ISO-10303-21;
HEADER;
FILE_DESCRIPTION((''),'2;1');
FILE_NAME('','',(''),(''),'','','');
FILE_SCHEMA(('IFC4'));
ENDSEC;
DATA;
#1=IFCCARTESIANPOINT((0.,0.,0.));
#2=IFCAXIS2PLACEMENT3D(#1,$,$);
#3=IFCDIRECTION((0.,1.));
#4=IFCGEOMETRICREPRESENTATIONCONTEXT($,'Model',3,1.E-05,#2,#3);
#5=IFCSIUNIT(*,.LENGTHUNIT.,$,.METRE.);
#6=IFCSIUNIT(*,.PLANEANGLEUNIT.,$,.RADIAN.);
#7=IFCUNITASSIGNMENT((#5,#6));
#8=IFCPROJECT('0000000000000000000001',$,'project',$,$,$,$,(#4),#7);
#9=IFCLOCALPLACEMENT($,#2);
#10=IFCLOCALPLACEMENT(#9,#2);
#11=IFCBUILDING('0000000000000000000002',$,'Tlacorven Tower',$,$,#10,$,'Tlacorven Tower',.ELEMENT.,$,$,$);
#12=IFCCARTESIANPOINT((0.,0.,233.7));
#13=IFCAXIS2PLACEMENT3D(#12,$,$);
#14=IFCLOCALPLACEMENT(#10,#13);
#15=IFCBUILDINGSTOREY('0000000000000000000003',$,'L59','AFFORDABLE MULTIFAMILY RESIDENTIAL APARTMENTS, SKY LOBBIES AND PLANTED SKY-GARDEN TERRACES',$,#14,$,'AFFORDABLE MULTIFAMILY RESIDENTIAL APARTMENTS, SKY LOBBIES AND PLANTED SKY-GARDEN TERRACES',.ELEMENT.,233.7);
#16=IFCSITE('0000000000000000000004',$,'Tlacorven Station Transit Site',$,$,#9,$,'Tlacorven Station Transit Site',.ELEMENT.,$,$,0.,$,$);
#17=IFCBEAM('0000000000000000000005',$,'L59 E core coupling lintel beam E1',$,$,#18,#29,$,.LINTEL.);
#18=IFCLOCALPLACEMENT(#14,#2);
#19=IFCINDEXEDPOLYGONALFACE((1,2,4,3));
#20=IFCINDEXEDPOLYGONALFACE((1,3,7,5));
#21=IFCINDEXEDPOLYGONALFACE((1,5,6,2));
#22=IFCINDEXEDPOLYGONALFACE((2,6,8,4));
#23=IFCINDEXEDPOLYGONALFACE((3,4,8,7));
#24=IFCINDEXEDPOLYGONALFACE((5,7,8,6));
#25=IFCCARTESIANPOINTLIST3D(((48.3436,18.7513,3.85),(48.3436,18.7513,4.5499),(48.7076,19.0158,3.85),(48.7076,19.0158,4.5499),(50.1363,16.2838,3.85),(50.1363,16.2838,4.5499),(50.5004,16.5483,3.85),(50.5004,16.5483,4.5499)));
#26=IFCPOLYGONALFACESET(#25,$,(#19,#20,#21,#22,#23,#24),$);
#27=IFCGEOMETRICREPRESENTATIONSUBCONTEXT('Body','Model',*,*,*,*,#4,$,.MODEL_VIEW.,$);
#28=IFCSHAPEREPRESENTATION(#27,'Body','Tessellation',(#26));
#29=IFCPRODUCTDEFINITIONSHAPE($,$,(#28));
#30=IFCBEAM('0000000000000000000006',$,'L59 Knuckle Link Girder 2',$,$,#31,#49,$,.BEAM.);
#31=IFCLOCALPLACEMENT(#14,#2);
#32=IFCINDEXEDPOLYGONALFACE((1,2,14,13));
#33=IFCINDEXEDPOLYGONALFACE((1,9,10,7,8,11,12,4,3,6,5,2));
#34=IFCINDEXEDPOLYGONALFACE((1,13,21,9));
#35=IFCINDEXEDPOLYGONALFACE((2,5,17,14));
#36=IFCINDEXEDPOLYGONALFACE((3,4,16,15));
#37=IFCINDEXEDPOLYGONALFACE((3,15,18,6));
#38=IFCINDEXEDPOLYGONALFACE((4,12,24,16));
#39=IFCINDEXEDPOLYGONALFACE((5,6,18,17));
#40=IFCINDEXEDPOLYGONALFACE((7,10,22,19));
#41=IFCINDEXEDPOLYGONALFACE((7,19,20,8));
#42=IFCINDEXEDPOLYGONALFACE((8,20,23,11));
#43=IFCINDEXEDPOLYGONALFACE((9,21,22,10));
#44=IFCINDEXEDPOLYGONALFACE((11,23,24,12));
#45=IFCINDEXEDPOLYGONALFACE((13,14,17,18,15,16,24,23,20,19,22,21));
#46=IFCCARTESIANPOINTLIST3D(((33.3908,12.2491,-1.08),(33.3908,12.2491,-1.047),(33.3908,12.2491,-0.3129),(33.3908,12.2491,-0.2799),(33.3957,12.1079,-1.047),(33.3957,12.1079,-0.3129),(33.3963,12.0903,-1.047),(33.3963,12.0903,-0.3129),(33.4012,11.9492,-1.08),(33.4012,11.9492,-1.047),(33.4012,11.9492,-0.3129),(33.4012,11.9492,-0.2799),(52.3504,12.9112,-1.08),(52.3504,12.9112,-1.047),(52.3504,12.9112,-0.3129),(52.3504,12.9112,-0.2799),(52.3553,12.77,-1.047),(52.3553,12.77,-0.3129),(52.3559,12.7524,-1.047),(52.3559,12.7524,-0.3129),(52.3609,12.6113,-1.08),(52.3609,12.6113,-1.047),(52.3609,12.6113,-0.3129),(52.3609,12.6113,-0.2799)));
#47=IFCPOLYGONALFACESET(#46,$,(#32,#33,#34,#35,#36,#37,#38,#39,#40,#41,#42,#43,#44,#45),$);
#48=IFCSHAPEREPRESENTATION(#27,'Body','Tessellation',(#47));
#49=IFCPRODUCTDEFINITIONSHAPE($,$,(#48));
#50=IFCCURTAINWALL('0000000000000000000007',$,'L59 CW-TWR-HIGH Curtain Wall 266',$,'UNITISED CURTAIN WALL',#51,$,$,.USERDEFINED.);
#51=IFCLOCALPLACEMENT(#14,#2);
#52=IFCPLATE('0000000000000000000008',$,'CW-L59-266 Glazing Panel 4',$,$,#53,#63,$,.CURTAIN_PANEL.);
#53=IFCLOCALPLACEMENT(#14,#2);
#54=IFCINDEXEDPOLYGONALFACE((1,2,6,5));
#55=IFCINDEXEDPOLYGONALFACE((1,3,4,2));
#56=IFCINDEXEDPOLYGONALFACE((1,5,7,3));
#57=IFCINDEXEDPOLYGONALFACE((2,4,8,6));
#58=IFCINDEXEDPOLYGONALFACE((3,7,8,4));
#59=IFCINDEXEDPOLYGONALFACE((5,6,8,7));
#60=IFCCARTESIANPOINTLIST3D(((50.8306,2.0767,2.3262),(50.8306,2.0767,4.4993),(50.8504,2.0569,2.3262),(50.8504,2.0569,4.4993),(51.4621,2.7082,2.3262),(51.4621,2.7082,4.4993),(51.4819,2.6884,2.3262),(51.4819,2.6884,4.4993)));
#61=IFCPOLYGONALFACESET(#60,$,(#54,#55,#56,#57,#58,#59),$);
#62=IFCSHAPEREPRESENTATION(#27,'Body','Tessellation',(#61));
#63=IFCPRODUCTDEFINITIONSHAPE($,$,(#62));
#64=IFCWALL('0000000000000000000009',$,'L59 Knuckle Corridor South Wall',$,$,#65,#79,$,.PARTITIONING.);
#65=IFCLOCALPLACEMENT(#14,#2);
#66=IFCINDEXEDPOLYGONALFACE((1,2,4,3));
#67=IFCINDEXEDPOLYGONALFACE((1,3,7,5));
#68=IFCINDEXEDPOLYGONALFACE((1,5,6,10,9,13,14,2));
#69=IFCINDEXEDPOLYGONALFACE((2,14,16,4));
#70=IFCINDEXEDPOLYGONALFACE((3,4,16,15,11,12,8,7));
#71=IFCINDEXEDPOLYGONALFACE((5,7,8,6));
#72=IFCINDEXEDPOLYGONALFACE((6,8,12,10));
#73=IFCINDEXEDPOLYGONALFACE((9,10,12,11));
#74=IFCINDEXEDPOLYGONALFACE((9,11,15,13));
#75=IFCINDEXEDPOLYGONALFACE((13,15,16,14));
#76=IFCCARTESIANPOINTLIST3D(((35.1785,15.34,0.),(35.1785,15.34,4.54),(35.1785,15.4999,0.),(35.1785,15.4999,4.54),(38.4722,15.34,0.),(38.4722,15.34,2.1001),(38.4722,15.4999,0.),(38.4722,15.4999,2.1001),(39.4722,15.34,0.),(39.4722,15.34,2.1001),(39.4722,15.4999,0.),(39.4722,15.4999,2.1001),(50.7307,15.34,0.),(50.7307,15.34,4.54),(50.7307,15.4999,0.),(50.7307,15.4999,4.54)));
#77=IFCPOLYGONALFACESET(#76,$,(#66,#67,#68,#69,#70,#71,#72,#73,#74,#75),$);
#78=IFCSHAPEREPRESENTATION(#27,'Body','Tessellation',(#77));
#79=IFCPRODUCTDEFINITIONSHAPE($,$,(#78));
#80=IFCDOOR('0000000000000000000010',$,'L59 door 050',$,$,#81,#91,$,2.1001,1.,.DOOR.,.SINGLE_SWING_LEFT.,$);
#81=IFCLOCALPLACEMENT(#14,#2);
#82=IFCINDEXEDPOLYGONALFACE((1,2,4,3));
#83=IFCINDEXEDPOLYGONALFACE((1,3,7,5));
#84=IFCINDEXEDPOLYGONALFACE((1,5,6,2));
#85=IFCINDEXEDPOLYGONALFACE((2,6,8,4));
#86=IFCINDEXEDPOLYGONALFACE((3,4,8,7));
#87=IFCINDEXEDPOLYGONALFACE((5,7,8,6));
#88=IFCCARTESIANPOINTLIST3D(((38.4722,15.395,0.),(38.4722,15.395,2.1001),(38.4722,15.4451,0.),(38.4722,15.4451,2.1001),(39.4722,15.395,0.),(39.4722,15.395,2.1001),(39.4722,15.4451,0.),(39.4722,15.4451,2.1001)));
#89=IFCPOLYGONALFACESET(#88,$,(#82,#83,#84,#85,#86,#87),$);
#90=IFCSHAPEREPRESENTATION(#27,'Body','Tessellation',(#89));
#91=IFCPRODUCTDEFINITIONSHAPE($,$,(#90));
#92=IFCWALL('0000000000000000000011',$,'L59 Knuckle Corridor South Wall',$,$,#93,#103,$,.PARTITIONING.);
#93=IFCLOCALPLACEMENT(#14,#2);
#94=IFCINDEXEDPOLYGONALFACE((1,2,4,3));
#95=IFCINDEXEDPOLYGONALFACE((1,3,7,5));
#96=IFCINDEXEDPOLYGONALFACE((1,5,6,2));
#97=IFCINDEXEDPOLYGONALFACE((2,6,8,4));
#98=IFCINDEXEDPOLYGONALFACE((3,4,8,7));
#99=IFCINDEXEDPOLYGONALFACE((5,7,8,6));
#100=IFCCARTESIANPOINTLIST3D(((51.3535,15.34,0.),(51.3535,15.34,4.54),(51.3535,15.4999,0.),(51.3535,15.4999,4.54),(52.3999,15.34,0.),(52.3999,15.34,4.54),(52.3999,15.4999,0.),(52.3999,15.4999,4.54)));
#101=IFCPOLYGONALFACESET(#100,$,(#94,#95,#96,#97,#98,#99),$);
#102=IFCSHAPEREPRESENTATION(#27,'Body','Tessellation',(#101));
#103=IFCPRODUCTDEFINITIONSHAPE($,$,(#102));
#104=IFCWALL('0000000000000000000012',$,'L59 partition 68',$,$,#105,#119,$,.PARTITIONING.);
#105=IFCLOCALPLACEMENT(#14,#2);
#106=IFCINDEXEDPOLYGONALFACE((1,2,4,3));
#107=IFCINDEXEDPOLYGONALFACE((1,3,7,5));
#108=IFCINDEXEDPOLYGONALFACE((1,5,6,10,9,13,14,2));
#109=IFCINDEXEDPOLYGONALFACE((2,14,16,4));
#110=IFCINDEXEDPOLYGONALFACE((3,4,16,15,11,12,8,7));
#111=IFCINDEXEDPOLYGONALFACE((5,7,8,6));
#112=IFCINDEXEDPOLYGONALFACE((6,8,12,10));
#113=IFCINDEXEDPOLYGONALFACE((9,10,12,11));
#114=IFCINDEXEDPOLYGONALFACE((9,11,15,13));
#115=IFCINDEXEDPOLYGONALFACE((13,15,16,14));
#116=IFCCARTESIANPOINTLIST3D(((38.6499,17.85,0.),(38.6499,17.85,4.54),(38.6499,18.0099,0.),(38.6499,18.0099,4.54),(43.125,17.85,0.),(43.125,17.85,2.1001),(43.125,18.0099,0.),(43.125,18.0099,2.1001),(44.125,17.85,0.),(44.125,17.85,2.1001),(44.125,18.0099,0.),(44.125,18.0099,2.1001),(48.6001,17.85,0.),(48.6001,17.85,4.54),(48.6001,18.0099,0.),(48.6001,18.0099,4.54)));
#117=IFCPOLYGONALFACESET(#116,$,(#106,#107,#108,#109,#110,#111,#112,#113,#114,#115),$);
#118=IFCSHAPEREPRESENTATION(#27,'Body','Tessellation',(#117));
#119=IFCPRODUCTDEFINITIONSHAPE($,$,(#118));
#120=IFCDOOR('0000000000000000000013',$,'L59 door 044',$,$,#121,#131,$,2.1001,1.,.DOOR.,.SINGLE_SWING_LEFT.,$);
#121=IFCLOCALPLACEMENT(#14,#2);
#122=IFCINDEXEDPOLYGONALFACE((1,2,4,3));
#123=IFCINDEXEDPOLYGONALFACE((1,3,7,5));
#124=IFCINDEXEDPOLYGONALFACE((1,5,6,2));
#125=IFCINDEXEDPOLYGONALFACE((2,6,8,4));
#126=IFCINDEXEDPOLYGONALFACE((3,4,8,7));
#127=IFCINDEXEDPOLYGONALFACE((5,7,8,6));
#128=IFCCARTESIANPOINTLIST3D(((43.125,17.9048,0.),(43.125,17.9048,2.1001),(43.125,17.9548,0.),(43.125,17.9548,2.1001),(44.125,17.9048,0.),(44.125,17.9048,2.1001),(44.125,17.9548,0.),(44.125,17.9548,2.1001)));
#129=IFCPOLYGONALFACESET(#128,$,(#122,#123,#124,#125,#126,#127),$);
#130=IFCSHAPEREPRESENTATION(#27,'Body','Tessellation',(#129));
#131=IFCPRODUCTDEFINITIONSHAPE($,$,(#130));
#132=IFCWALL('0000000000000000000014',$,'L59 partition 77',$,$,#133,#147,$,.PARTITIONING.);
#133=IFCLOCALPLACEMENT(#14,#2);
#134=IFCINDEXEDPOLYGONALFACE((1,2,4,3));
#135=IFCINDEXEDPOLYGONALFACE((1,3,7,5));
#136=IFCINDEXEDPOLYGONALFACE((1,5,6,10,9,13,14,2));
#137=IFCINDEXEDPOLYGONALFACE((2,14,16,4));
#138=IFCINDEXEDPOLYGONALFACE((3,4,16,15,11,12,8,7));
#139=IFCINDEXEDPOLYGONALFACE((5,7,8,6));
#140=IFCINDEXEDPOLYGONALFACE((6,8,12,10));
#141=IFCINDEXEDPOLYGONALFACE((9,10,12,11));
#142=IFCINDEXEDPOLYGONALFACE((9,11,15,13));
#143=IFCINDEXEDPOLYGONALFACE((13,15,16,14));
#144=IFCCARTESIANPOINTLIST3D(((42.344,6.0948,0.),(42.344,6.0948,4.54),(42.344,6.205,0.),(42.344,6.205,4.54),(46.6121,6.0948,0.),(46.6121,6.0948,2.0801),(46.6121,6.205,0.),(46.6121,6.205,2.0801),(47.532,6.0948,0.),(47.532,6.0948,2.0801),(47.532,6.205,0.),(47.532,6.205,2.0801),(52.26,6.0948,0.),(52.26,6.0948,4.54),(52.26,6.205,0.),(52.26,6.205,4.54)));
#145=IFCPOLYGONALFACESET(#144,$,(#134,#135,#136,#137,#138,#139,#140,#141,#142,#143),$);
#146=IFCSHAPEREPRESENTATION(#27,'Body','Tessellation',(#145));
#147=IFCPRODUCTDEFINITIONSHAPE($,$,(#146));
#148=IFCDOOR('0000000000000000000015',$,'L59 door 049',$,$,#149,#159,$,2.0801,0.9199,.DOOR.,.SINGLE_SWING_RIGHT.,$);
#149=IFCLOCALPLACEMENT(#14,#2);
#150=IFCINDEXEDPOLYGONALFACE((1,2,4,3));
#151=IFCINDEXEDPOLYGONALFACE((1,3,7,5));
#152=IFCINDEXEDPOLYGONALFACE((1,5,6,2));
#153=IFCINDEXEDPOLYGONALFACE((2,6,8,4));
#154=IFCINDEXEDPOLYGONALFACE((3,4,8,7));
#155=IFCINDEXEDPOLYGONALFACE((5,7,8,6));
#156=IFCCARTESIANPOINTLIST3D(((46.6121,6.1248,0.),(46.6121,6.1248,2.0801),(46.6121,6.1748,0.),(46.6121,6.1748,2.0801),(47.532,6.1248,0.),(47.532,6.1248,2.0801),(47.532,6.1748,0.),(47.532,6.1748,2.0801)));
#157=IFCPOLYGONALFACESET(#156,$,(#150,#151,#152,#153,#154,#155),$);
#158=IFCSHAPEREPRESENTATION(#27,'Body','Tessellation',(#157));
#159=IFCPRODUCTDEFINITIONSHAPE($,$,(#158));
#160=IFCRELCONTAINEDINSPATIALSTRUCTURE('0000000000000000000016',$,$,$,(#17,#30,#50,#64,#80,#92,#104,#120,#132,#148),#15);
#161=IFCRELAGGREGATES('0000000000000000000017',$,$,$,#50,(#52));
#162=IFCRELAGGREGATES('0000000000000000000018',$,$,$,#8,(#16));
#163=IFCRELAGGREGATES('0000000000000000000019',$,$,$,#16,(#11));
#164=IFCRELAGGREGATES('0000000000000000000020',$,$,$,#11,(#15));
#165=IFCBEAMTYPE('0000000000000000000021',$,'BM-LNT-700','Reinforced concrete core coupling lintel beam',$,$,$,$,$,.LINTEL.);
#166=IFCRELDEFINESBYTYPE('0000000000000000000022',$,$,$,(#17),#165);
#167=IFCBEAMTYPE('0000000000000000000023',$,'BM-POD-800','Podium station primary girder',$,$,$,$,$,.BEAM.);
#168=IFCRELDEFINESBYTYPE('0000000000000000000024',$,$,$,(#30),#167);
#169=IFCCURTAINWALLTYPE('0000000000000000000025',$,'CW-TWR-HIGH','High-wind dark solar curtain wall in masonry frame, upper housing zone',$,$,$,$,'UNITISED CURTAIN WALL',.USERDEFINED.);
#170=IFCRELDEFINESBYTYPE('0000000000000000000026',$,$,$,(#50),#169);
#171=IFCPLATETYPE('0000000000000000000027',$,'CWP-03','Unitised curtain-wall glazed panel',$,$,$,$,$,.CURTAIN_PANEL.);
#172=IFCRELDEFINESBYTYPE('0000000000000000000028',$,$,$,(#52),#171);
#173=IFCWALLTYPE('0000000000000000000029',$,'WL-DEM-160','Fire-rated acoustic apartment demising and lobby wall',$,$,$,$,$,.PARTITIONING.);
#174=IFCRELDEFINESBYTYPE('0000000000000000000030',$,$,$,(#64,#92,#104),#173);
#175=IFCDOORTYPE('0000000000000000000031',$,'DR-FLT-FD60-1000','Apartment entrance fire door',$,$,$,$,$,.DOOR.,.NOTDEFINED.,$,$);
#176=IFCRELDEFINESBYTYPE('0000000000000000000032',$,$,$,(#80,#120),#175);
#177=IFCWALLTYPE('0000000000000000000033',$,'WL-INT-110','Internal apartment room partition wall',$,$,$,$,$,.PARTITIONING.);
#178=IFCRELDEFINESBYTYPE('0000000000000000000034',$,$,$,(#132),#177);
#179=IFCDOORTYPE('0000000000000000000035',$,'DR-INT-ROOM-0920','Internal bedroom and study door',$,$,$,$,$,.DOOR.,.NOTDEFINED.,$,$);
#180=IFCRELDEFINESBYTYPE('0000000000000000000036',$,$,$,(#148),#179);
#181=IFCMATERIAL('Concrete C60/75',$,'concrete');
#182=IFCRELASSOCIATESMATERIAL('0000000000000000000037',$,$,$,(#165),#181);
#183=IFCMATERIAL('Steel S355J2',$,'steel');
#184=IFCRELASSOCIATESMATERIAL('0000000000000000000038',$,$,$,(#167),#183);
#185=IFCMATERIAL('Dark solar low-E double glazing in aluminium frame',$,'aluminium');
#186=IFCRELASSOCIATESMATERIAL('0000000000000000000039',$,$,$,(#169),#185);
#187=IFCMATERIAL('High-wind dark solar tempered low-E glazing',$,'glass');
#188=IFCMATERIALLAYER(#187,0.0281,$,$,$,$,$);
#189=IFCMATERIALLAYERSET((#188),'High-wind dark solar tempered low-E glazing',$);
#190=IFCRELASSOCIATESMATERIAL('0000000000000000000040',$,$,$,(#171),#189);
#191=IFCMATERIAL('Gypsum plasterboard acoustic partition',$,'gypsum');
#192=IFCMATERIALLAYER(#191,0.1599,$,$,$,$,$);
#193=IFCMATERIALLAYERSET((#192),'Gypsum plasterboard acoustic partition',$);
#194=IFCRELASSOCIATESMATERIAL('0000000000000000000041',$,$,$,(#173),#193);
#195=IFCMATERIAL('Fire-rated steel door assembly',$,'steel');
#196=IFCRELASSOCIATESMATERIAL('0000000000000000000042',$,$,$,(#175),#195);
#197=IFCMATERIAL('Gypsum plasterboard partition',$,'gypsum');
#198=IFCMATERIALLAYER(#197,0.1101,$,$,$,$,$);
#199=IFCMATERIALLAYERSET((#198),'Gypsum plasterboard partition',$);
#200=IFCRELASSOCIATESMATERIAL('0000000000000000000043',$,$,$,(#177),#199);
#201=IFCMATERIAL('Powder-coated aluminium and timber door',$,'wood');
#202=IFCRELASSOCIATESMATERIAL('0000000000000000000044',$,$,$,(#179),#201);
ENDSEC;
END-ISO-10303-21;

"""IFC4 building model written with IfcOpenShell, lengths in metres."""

from ifc_helpers import new_model, si_unit, direction, frame, frame_2d, origin, origin_2d, place, context, subcontext, project, spatial, rectangle, i_section, extrude, source, transform, mapped, material, layer, layer_set, material_profile, profile_set, type_object, element, fill, aggregate, save


model = new_model("IFC4")

# Units and contexts
model_context = context("Model", 3, precision=1e-05, world=origin(), true_north=direction((0.0, 1.0)))
body_context = subcontext(model_context, "Body", "Model", "MODEL_VIEW")
ifc_project = project(units=[si_unit("LENGTHUNIT", "METRE"), si_unit("PLANEANGLEUNIT", "RADIAN")], contexts=[model_context])

# Site, building, storey
site_placement = place(None, origin())
site = spatial("IfcSite", under=ifc_project, at=site_placement, Name="Tlacorven Station Transit Site", LongName="Tlacorven Station Transit Site", CompositionType="ELEMENT", RefElevation=0.0)
building_placement = place(site_placement, origin())
building = spatial("IfcBuilding", under=site, at=building_placement, Name="Tlacorven Tower", LongName="Tlacorven Tower", CompositionType="ELEMENT")
storey_placement = place(building_placement, frame((0.0, 0.0, 233.7)))
storey = spatial("IfcBuildingStorey", under=building, at=storey_placement, Name="L59", Description="AFFORDABLE MULTIFAMILY RESIDENTIAL APARTMENTS, SKY LOBBIES AND PLANTED SKY-GARDEN TERRACES", LongName="AFFORDABLE MULTIFAMILY RESIDENTIAL APARTMENTS, SKY LOBBIES AND PLANTED SKY-GARDEN TERRACES", CompositionType="ELEMENT", Elevation=233.7)

# Beams
ifc_material_1 = material(Name="Concrete C60/75", Category="concrete")
ifc_material_profile_1 = material_profile(ifc_material_1, rectangle(XDim=0.45, YDim=0.7, at=origin_2d()), Name="RC 450X700")
ifc_profile_set_1 = profile_set([ifc_material_profile_1], Name="Concrete C60/75")
beam_type_1 = type_object("IfcBeamType", Name="BM-LNT-700", Description="Reinforced concrete core coupling lintel beam", PredefinedType="LINTEL", material=ifc_profile_set_1)
shared_shape_1 = source(origin(), body_context, "Body", "SweptSolid", [
    extrude(rectangle(XDim=0.45, YDim=0.7, at=origin_2d()), origin(), (0.0, 0.0, 1.0), 3.05),
])
beam_1_placement = place(storey_placement, frame((50.3184, 16.416, 4.2), z_axis=(-0.587777, 0.809023, 0.0), x_axis=(-0.809023, -0.587777, 0.0)))
element("IfcBeam", 1, at=beam_1_placement, inside=storey, type_object=beam_type_1, Name="L59 E core coupling lintel beam E1", PredefinedType="LINTEL", context=body_context, shape_type="MappedRepresentation", body=[
    mapped(shared_shape_1, transform((0.0, 0.0, 0.0), scale=1.0)),
])
ifc_material_2 = material(Name="Steel S355J2", Category="steel")
ifc_material_profile_2 = material_profile(ifc_material_2, i_section(OverallWidth=0.3, OverallDepth=0.8, WebThickness=0.0176, FlangeThickness=0.033, at=origin_2d()), Name="HEB 800")
ifc_profile_set_2 = profile_set([ifc_material_profile_2], Name="Steel S355J2")
beam_type_2 = type_object("IfcBeamType", Name="BM-POD-800", Description="Podium station primary girder", PredefinedType="BEAM", material=ifc_profile_set_2)
shared_shape_2 = source(origin(), body_context, "Body", "SweptSolid", [
    extrude(i_section(OverallWidth=0.3, OverallDepth=0.8, WebThickness=0.0176, FlangeThickness=0.033, at=origin_2d()), origin(), (0.0, 0.0, 1.0), 18.9712),
])
beam_2_placement = place(storey_placement, frame((33.396, 12.0991, -0.6799), z_axis=(0.999391, 0.034901, 0.0), x_axis=(-0.034901, 0.999391, 0.0)))
element("IfcBeam", 2, at=beam_2_placement, inside=storey, type_object=beam_type_2, Name="L59 Knuckle Link Girder 2", PredefinedType="BEAM", context=body_context, shape_type="MappedRepresentation", body=[
    mapped(shared_shape_2, transform((0.0, 0.0, 0.0), scale=1.0)),
])

# Curtain wall, plate
ifc_material_3 = material(Name="Dark solar low-E double glazing in aluminium frame", Category="aluminium")
curtain_wall_type = type_object("IfcCurtainWallType", Name="CW-TWR-HIGH", Description="High-wind dark solar curtain wall in masonry frame, upper housing zone", ElementType="UNITISED CURTAIN WALL", PredefinedType="USERDEFINED", material=ifc_material_3)
curtain_wall_placement = place(storey_placement, origin())
curtain_wall = element("IfcCurtainWall", 3, at=curtain_wall_placement, inside=storey, type_object=curtain_wall_type, Name="L59 CW-TWR-HIGH Curtain Wall 266", ObjectType="UNITISED CURTAIN WALL", PredefinedType="USERDEFINED")
ifc_material_4 = material(Name="High-wind dark solar tempered low-E glazing", Category="glass")
ifc_layer_1 = layer(ifc_material_4, 0.0281)
ifc_layer_set_1 = layer_set([ifc_layer_1], Name="High-wind dark solar tempered low-E glazing")
plate_type = type_object("IfcPlateType", Name="CWP-03", Description="Unitised curtain-wall glazed panel", PredefinedType="CURTAIN_PANEL", material=ifc_layer_set_1)
shared_shape_3 = source(origin(), body_context, "Body", "SweptSolid", [
    extrude(rectangle(XDim=0.8931, YDim=0.0281, at=origin_2d()), origin(), (0.0, 0.0, 1.0), 2.1731),
])
plate_placement = place(storey_placement, frame((51.1562, 2.3826, 2.3262), z_axis=(0.0, 0.0, 1.0), x_axis=(-0.707107, -0.707107, 0.0)))
plate = element("IfcPlate", 4, at=plate_placement, type_object=plate_type, Name="CW-L59-266 Glazing Panel 4", PredefinedType="CURTAIN_PANEL", context=body_context, shape_type="MappedRepresentation", body=[
    mapped(shared_shape_3, transform((0.0, 0.0, 0.0), scale=1.0)),
])
aggregate(curtain_wall, [plate])

# Wall, opening, door
ifc_material_5 = material(Name="Gypsum plasterboard acoustic partition", Category="gypsum")
ifc_layer_2 = layer(ifc_material_5, 0.1599)
ifc_layer_set_2 = layer_set([ifc_layer_2], Name="Gypsum plasterboard acoustic partition")
wall_type_1 = type_object("IfcWallType", Name="WL-DEM-160", Description="Fire-rated acoustic apartment demising and lobby wall", PredefinedType="PARTITIONING", material=ifc_layer_set_2)
wall_1_placement = place(storey_placement, frame((35.1785, 15.4199, 0.0), z_axis=(0.0, 0.0, 1.0), x_axis=(1.0, 0.0, 0.0)))
wall_1 = element("IfcWall", 5, at=wall_1_placement, inside=storey, type_object=wall_type_1, Name="L59 Knuckle Corridor South Wall", PredefinedType="PARTITIONING", context=body_context, shape_type="SweptSolid", body=[
    extrude(rectangle(XDim=15.5522, YDim=0.1599, at=frame_2d((7.7761, 0.0))), origin(), (0.0, 0.0, 1.0), 4.54),
])
opening_1_placement = place(wall_1_placement, frame((3.2937, 0.0, 0.0)))
opening_1 = element("IfcOpeningElement", 6, at=opening_1_placement, cuts=wall_1, PredefinedType="OPENING", context=body_context, shape_type="SweptSolid", body=[
    extrude(rectangle(XDim=1.0, YDim=2.1001, at=frame_2d((0.5, 1.05))), frame((0.0, 0.0898, 0.0), z_axis=(0.0, -1.0, 0.0), x_axis=(1.0, 0.0, 0.0)), (0.0, 0.0, 1.0), 0.1799),
])
ifc_material_6 = material(Name="Fire-rated steel door assembly", Category="steel")
door_type_1 = type_object("IfcDoorType", Name="DR-FLT-FD60-1000", Description="Apartment entrance fire door", OperationType="NOTDEFINED", PredefinedType="DOOR", material=ifc_material_6)
shared_shape_4 = source(origin(), body_context, "Body", "SweptSolid", [
    extrude(rectangle(XDim=1.0, YDim=2.1001, at=frame_2d((0.5, 1.05))), frame((0.0, 0.0249, 0.0), z_axis=(0.0, -1.0, 0.0), x_axis=(1.0, 0.0, 0.0)), (0.0, 0.0, 1.0), 0.05),
])
door_1_placement = place(opening_1_placement, frame((1.0, 0.0, 0.0), z_axis=(0.0, 0.0, 1.0), x_axis=(-1.0, 0.0, 0.0)))
door_1 = element("IfcDoor", 7, at=door_1_placement, inside=storey, type_object=door_type_1, Name="L59 door 050", OperationType="SINGLE_SWING_LEFT", OverallHeight=2.1001, OverallWidth=1.0, PredefinedType="DOOR", context=body_context, shape_type="MappedRepresentation", body=[
    mapped(shared_shape_4, transform((0.0, 0.0, 0.0), scale=1.0)),
])
fill(opening_1, door_1)

# Wall
wall_2_placement = place(storey_placement, frame((51.3535, 15.4199, 0.0), z_axis=(0.0, 0.0, 1.0), x_axis=(1.0, 0.0, 0.0)))
element("IfcWall", 8, at=wall_2_placement, inside=storey, type_object=wall_type_1, Name="L59 Knuckle Corridor South Wall", PredefinedType="PARTITIONING", context=body_context, shape_type="SweptSolid", body=[
    extrude(rectangle(XDim=1.0464, YDim=0.1599, at=frame_2d((0.5232, 0.0))), origin(), (0.0, 0.0, 1.0), 4.54),
])

# Walls, openings, doors
wall_3_placement = place(storey_placement, frame((38.6499, 17.9299, 0.0), z_axis=(0.0, 0.0, 1.0), x_axis=(1.0, 0.0, 0.0)))
wall_3 = element("IfcWall", 9, at=wall_3_placement, inside=storey, type_object=wall_type_1, Name="L59 partition 68", PredefinedType="PARTITIONING", context=body_context, shape_type="SweptSolid", body=[
    extrude(rectangle(XDim=9.9502, YDim=0.1599, at=frame_2d((4.9751, 0.0))), origin(), (0.0, 0.0, 1.0), 4.54),
])
opening_2_placement = place(wall_3_placement, frame((4.4751, 0.0, 0.0)))
opening_2 = element("IfcOpeningElement", 10, at=opening_2_placement, cuts=wall_3, PredefinedType="OPENING", context=body_context, shape_type="SweptSolid", body=[
    extrude(rectangle(XDim=1.0, YDim=2.1001, at=frame_2d((0.5, 1.05))), frame((0.0, 0.0898, 0.0), z_axis=(0.0, -1.0, 0.0), x_axis=(1.0, 0.0, 0.0)), (0.0, 0.0, 1.0), 0.1799),
])
door_2_placement = place(opening_2_placement, origin())
door_2 = element("IfcDoor", 11, at=door_2_placement, inside=storey, type_object=door_type_1, Name="L59 door 044", OperationType="SINGLE_SWING_LEFT", OverallHeight=2.1001, OverallWidth=1.0, PredefinedType="DOOR", context=body_context, shape_type="MappedRepresentation", body=[
    mapped(shared_shape_4, transform((0.0, 0.0, 0.0), scale=1.0)),
])
fill(opening_2, door_2)
ifc_material_7 = material(Name="Gypsum plasterboard partition", Category="gypsum")
ifc_layer_3 = layer(ifc_material_7, 0.1101)
ifc_layer_set_3 = layer_set([ifc_layer_3], Name="Gypsum plasterboard partition")
wall_type_2 = type_object("IfcWallType", Name="WL-INT-110", Description="Internal apartment room partition wall", PredefinedType="PARTITIONING", material=ifc_layer_set_3)
wall_4_placement = place(storey_placement, frame((42.344, 6.1499, 0.0), z_axis=(0.0, 0.0, 1.0), x_axis=(1.0, 0.0, 0.0)))
wall_4 = element("IfcWall", 12, at=wall_4_placement, inside=storey, type_object=wall_type_2, Name="L59 partition 77", PredefinedType="PARTITIONING", context=body_context, shape_type="SweptSolid", body=[
    extrude(rectangle(XDim=9.916, YDim=0.1101, at=frame_2d((4.958, 0.0))), origin(), (0.0, 0.0, 1.0), 4.54),
])
opening_3_placement = place(wall_4_placement, frame((4.2681, 0.0, 0.0)))
opening_3 = element("IfcOpeningElement", 13, at=opening_3_placement, cuts=wall_4, PredefinedType="OPENING", context=body_context, shape_type="SweptSolid", body=[
    extrude(rectangle(XDim=0.9199, YDim=2.0801, at=frame_2d((0.46, 1.04))), frame((0.0, 0.0649, 0.0), z_axis=(0.0, -1.0, 0.0), x_axis=(1.0, 0.0, 0.0)), (0.0, 0.0, 1.0), 0.1301),
])
ifc_material_8 = material(Name="Powder-coated aluminium and timber door", Category="wood")
door_type_2 = type_object("IfcDoorType", Name="DR-INT-ROOM-0920", Description="Internal bedroom and study door", OperationType="NOTDEFINED", PredefinedType="DOOR", material=ifc_material_8)
shared_shape_5 = source(origin(), body_context, "Body", "SweptSolid", [
    extrude(rectangle(XDim=0.9199, YDim=2.0801, at=frame_2d((0.46, 1.04))), frame((0.0, 0.0249, 0.0), z_axis=(0.0, -1.0, 0.0), x_axis=(1.0, 0.0, 0.0)), (0.0, 0.0, 1.0), 0.05),
])
door_3_placement = place(opening_3_placement, origin())
door_3 = element("IfcDoor", 14, at=door_3_placement, inside=storey, type_object=door_type_2, Name="L59 door 049", OperationType="SINGLE_SWING_RIGHT", OverallHeight=2.0801, OverallWidth=0.9199, PredefinedType="DOOR", context=body_context, shape_type="MappedRepresentation", body=[
    mapped(shared_shape_5, transform((0.0, 0.0, 0.0), scale=1.0)),
])
fill(opening_3, door_3)

save(model, "model.ifc")
